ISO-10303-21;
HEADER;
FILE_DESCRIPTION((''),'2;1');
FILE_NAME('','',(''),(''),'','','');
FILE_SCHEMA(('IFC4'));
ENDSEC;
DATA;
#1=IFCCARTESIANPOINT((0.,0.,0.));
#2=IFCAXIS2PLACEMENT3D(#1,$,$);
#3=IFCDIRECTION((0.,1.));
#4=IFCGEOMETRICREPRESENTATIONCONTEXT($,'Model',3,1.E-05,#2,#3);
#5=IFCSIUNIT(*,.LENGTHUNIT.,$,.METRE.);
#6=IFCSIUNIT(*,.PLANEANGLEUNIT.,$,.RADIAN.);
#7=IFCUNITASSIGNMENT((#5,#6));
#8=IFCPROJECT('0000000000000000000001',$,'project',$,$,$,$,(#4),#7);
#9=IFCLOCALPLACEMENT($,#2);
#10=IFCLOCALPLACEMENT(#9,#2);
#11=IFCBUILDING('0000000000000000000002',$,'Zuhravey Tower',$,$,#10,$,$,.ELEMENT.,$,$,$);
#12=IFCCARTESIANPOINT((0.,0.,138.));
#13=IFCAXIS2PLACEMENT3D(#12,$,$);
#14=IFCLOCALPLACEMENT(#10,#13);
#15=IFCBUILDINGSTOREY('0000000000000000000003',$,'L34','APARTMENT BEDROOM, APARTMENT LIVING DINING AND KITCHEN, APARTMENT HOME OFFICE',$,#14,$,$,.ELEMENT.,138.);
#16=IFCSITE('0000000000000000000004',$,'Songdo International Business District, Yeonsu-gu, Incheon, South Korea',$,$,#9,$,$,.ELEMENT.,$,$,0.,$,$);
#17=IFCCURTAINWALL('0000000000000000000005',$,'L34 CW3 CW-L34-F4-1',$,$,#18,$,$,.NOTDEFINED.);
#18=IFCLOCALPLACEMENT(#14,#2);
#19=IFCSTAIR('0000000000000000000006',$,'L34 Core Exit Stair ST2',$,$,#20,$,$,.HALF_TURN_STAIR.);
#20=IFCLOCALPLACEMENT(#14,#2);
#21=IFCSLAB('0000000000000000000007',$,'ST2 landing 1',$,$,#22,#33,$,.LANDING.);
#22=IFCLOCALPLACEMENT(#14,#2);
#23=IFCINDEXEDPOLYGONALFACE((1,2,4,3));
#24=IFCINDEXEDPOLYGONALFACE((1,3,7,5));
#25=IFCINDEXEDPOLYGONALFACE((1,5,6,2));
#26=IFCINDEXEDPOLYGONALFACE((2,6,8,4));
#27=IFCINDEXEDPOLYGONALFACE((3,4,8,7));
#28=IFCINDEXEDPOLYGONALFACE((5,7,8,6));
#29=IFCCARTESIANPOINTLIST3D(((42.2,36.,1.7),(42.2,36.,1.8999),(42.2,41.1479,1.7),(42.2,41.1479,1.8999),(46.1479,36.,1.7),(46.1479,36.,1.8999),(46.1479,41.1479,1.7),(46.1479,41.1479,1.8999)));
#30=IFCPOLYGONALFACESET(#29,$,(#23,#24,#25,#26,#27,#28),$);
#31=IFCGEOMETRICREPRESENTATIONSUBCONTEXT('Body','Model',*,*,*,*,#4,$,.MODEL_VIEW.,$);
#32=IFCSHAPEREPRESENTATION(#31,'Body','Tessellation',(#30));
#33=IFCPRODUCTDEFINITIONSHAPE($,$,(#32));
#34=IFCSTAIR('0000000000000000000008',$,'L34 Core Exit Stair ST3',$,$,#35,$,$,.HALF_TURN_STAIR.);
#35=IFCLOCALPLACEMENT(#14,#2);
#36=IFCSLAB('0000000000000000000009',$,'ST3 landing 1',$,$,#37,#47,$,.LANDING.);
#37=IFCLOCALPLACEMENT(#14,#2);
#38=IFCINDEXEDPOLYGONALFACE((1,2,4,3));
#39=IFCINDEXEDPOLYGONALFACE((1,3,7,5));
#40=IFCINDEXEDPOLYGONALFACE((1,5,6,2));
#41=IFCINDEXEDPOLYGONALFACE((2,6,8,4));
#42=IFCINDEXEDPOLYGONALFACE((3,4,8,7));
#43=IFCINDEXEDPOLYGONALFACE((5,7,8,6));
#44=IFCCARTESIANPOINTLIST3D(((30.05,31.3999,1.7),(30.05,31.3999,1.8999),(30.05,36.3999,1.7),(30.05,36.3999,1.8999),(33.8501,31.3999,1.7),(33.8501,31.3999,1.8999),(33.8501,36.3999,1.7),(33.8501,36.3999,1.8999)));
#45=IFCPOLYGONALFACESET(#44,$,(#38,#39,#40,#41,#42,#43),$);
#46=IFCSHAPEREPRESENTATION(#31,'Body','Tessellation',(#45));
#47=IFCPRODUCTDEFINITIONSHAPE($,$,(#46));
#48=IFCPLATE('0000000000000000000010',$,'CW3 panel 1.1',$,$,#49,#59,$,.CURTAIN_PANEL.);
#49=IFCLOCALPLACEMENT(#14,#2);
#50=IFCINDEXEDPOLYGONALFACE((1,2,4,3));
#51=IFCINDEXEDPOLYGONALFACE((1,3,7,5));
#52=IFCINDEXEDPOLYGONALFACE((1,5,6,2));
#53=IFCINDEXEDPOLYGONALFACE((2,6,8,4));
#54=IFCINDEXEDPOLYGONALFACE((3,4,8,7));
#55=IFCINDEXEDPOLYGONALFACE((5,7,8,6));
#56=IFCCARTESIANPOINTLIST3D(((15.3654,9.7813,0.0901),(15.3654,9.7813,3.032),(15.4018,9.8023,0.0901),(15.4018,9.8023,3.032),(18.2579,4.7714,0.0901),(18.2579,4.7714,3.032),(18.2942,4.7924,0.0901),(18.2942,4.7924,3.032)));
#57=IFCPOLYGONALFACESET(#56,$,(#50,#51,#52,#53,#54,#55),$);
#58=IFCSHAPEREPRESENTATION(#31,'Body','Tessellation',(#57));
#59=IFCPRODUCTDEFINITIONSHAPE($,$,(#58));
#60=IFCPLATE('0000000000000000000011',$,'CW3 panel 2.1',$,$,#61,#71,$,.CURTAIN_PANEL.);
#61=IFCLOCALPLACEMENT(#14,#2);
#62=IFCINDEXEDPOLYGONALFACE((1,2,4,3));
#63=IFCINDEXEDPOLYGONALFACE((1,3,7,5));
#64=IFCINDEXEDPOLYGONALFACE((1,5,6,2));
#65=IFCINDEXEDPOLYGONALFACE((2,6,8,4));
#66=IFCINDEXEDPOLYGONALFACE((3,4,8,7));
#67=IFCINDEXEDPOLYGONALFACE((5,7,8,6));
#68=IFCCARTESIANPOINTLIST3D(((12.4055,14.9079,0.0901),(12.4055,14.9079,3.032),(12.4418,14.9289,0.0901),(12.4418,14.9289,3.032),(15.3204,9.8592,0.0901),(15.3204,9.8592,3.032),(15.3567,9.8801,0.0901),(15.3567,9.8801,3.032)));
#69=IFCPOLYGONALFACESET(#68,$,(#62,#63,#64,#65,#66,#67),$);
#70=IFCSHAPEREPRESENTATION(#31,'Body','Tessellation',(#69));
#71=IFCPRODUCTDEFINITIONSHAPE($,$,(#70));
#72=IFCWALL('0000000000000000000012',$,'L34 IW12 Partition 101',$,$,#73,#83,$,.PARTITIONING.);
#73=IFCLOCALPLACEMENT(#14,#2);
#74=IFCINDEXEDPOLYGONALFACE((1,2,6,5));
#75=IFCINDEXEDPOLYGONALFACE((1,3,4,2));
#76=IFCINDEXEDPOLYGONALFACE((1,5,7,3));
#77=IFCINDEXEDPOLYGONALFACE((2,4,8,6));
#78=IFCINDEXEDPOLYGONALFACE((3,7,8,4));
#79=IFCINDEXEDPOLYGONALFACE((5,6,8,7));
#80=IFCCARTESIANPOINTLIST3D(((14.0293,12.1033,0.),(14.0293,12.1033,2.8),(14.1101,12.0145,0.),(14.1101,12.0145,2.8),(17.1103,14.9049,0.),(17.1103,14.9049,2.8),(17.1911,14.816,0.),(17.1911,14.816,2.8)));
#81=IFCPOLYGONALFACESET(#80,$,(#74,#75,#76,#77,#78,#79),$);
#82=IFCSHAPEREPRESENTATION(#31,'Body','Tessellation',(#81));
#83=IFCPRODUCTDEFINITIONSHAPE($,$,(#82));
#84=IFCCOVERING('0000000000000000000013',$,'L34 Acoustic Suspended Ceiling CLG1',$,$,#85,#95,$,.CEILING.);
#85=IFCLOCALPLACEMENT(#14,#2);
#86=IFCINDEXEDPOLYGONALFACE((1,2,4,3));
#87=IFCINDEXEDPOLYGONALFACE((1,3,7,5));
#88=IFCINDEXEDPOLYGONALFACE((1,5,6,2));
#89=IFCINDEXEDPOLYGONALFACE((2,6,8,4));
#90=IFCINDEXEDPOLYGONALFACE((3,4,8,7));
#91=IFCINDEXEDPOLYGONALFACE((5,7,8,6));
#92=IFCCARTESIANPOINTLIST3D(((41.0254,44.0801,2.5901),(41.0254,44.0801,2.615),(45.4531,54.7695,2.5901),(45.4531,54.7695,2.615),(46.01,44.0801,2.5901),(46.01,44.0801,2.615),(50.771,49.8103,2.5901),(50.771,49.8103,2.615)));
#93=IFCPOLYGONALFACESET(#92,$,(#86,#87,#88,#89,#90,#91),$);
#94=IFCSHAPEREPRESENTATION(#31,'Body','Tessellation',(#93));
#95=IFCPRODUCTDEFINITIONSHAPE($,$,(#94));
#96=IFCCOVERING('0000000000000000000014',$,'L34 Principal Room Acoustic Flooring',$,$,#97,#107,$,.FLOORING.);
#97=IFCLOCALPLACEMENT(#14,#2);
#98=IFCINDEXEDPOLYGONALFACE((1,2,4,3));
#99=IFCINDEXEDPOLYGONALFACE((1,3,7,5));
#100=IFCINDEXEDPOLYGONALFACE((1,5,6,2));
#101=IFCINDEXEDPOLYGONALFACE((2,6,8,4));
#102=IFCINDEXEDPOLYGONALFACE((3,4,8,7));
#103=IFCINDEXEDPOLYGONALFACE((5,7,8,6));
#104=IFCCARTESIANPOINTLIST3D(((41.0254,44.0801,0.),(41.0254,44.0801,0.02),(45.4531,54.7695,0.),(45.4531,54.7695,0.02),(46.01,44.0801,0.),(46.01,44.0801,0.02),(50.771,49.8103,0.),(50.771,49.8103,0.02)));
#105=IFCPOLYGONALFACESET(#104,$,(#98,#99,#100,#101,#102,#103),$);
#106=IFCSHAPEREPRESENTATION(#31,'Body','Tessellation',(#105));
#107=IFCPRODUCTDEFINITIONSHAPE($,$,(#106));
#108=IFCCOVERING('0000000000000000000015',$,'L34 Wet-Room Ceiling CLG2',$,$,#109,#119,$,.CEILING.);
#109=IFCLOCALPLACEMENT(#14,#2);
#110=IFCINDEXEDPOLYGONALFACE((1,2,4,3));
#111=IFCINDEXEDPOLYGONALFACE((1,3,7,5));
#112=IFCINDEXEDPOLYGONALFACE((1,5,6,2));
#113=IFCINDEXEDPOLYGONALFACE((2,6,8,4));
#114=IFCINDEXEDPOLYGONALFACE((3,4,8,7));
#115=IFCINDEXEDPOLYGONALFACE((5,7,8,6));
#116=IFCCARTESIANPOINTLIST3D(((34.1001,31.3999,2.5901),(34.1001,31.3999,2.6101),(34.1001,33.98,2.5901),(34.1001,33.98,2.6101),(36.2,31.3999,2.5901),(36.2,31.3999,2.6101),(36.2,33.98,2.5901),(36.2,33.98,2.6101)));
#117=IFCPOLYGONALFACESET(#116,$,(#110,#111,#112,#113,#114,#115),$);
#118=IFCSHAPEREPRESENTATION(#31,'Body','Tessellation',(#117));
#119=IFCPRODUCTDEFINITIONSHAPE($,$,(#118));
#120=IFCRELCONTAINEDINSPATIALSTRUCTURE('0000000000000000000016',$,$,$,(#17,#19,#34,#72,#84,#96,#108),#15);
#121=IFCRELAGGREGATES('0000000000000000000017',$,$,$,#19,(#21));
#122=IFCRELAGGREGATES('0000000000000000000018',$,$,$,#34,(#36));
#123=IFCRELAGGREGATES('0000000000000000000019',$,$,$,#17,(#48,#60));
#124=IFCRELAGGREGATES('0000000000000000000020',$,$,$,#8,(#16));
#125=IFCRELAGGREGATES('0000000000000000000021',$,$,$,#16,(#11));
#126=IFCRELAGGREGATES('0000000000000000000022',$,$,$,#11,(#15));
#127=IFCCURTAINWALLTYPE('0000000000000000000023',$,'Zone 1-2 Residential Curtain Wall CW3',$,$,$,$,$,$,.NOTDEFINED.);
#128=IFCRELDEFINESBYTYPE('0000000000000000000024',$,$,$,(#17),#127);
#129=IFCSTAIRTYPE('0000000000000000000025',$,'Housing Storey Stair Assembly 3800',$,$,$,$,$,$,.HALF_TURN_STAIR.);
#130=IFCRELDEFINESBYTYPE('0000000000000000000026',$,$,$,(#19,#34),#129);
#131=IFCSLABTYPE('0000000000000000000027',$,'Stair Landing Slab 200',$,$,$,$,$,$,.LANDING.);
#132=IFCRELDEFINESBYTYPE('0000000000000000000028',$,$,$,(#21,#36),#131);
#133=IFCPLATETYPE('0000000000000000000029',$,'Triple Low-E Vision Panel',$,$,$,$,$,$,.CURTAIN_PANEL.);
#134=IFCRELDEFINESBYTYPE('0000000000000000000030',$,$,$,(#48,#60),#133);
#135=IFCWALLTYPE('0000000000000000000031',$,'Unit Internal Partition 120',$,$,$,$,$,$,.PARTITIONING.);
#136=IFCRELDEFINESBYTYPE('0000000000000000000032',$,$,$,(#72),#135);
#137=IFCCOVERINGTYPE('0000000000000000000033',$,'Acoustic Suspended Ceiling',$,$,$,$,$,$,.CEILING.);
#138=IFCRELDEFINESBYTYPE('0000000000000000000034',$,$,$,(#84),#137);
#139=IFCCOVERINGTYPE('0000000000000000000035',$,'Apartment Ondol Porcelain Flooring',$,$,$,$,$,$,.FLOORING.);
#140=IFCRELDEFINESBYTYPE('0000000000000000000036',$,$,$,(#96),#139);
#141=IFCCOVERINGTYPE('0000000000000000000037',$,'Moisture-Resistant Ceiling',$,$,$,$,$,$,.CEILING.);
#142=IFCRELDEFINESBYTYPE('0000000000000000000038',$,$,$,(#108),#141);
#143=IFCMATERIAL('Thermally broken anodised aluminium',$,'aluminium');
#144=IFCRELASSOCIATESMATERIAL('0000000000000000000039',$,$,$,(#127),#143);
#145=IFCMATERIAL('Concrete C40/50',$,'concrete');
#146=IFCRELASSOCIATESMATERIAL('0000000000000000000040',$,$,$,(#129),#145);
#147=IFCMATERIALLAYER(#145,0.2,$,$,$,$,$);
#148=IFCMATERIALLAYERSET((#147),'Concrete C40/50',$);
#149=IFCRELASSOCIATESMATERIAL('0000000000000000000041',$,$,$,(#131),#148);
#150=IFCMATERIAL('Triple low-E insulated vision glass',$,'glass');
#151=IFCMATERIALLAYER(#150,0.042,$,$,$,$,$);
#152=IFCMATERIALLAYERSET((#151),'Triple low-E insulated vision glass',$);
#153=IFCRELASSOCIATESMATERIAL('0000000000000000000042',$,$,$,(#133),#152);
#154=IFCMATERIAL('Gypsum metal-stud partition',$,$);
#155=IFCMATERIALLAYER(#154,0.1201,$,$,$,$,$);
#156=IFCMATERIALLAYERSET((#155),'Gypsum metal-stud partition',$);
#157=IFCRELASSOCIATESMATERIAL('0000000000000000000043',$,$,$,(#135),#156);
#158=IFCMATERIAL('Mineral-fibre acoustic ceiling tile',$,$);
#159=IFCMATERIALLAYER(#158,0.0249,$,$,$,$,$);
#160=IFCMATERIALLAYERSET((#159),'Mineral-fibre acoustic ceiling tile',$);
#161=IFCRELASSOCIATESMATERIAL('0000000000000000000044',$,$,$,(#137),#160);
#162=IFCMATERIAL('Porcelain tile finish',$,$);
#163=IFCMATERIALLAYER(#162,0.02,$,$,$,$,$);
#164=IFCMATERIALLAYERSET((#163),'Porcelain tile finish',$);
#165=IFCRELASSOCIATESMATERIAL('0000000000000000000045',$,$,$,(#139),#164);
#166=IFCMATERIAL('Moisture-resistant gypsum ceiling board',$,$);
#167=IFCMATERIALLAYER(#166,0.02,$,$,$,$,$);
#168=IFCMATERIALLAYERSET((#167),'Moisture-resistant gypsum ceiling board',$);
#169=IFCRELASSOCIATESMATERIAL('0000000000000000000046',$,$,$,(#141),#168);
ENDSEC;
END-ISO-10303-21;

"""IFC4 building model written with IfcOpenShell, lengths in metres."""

from ifc_helpers import new_model, si_unit, direction, frame, frame_2d, origin, origin_2d, place, context, subcontext, project, spatial, polyline, rectangle, outline, extrude, material, layer, layer_set, type_object, element, aggregate, save


model = new_model("IFC4")

# Units and contexts
model_context = context("Model", 3, precision=1e-05, world=origin(), true_north=direction((0.0, 1.0)))
body_context = subcontext(model_context, "Body", "Model", "MODEL_VIEW")
ifc_project = project(units=[si_unit("LENGTHUNIT", "METRE"), si_unit("PLANEANGLEUNIT", "RADIAN")], contexts=[model_context])

# Site, building, storey
site_placement = place(None, origin())
site = spatial("IfcSite", under=ifc_project, at=site_placement, Name="Songdo International Business District, Yeonsu-gu, Incheon, South Korea", CompositionType="ELEMENT", RefElevation=0.0)
building_placement = place(site_placement, origin())
building = spatial("IfcBuilding", under=site, at=building_placement, Name="Zuhravey Tower", CompositionType="ELEMENT")
storey_placement = place(building_placement, frame((0.0, 0.0, 138.0)))
storey = spatial("IfcBuildingStorey", under=building, at=storey_placement, Name="L34", Description="APARTMENT BEDROOM, APARTMENT LIVING DINING AND KITCHEN, APARTMENT HOME OFFICE", CompositionType="ELEMENT", Elevation=138.0)

# Curtain wall
ifc_material_1 = material(Name="Thermally broken anodised aluminium", Category="aluminium")
curtain_wall_type = type_object("IfcCurtainWallType", Name="Zone 1-2 Residential Curtain Wall CW3", PredefinedType="NOTDEFINED", material=ifc_material_1)
curtain_wall_placement = place(storey_placement, origin())
curtain_wall = element("IfcCurtainWall", 1, at=curtain_wall_placement, inside=storey, type_object=curtain_wall_type, Name="L34 CW3 CW-L34-F4-1", PredefinedType="NOTDEFINED")

# Shared definitions
ifc_material_2 = material(Name="Concrete C40/50", Category="concrete")

# Stairs, slabs
stair_type = type_object("IfcStairType", Name="Housing Storey Stair Assembly 3800", PredefinedType="HALF_TURN_STAIR", material=ifc_material_2)
ifc_layer_1 = layer(ifc_material_2, 0.2)
ifc_layer_set_1 = layer_set([ifc_layer_1], Name="Concrete C40/50")
slab_type_1 = type_object("IfcSlabType", Name="Stair Landing Slab 200", PredefinedType="LANDING", material=ifc_layer_set_1)
stair_1_placement = place(storey_placement, origin())
stair_1 = element("IfcStair", 2, at=stair_1_placement, inside=storey, type_object=stair_type, Name="L34 Core Exit Stair ST2", PredefinedType="HALF_TURN_STAIR")
slab_1_placement = place(storey_placement, frame((0.0, 0.0, 1.7)))
slab_1 = element("IfcSlab", 3, at=slab_1_placement, type_object=slab_type_1, Name="ST2 landing 1", PredefinedType="LANDING", context=body_context, shape_type="SweptSolid", body=[
    extrude(outline(polyline([(46.1479, 36.0), (46.1479, 41.1479), (42.2, 41.1479), (42.2, 36.0), (46.1479, 36.0)])), origin(), (0.0, 0.0, 1.0), 0.2),
])
aggregate(stair_1, [slab_1])
stair_2_placement = place(storey_placement, origin())
stair_2 = element("IfcStair", 4, at=stair_2_placement, inside=storey, type_object=stair_type, Name="L34 Core Exit Stair ST3", PredefinedType="HALF_TURN_STAIR")
slab_2_placement = place(storey_placement, frame((0.0, 0.0, 1.7)))
slab_2 = element("IfcSlab", 5, at=slab_2_placement, type_object=slab_type_1, Name="ST3 landing 1", PredefinedType="LANDING", context=body_context, shape_type="SweptSolid", body=[
    extrude(outline(polyline([(30.05, 36.3999), (30.05, 31.3999), (33.8501, 31.3999), (33.8501, 36.3999), (30.05, 36.3999)])), origin(), (0.0, 0.0, 1.0), 0.2),
])
aggregate(stair_2, [slab_2])

# Plates
ifc_material_3 = material(Name="Triple low-E insulated vision glass", Category="glass")
ifc_layer_2 = layer(ifc_material_3, 0.042)
ifc_layer_set_2 = layer_set([ifc_layer_2], Name="Triple low-E insulated vision glass")
plate_type_1 = type_object("IfcPlateType", Name="Triple Low-E Vision Panel", PredefinedType="CURTAIN_PANEL", material=ifc_layer_set_2)
plate_1_placement = place(storey_placement, frame((16.8298, 7.2869, 0.0901), z_axis=(0.0, 0.0, 1.0), x_axis=(-0.5, 0.866026, 0.0)))
plate_1 = element("IfcPlate", 6, at=plate_1_placement, type_object=plate_type_1, Name="CW3 panel 1.1", PredefinedType="CURTAIN_PANEL", context=body_context, shape_type="SweptSolid", body=[
    extrude(rectangle(XDim=5.7849, YDim=0.042, at=origin_2d()), origin(), (0.0, 0.0, 1.0), 2.9419),
])
plate_2_placement = place(storey_placement, frame((13.8811, 12.394, 0.0901), z_axis=(0.0, 0.0, 1.0), x_axis=(-0.5, 0.866026, 0.0)))
plate_2 = element("IfcPlate", 7, at=plate_2_placement, type_object=plate_type_1, Name="CW3 panel 2.1", PredefinedType="CURTAIN_PANEL", context=body_context, shape_type="SweptSolid", body=[
    extrude(rectangle(XDim=5.8298, YDim=0.042, at=origin_2d()), origin(), (0.0, 0.0, 1.0), 2.9419),
])
aggregate(curtain_wall, [plate_1, plate_2])

# Wall
ifc_material_4 = material(Name="Gypsum metal-stud partition")
ifc_layer_3 = layer(ifc_material_4, 0.1201)
ifc_layer_set_3 = layer_set([ifc_layer_3], Name="Gypsum metal-stud partition")
wall_type = type_object("IfcWallType", Name="Unit Internal Partition 120", PredefinedType="PARTITIONING", material=ifc_layer_set_3)
wall_placement = place(storey_placement, frame((17.1506, 14.8604, 0.0), z_axis=(0.0, 0.0, 1.0), x_axis=(-0.739874, -0.672746, 0.0)))
element("IfcWall", 8, at=wall_placement, inside=storey, type_object=wall_type, Name="L34 IW12 Partition 101", PredefinedType="PARTITIONING", context=body_context, shape_type="SweptSolid", body=[
    extrude(rectangle(XDim=4.1643, YDim=0.1201, at=frame_2d((2.082, 0.0))), origin(), (0.0, 0.0, 1.0), 2.8),
])

# Coverings
ifc_material_5 = material(Name="Mineral-fibre acoustic ceiling tile")
ifc_layer_4 = layer(ifc_material_5, 0.0249)
ifc_layer_set_4 = layer_set([ifc_layer_4], Name="Mineral-fibre acoustic ceiling tile")
covering_type_1 = type_object("IfcCoveringType", Name="Acoustic Suspended Ceiling", PredefinedType="CEILING", material=ifc_layer_set_4)
covering_1_placement = place(storey_placement, frame((0.0, 0.0, 2.5901)))
element("IfcCovering", 9, at=covering_1_placement, inside=storey, type_object=covering_type_1, Name="L34 Acoustic Suspended Ceiling CLG1", PredefinedType="CEILING", context=body_context, shape_type="SweptSolid", body=[
    extrude(outline(polyline([(46.01, 44.0801), (41.0254, 44.0801), (45.4531, 54.7695), (50.771, 49.8103), (46.01, 44.0801)])), origin(), (0.0, 0.0, 1.0), 0.0249),
])
ifc_material_6 = material(Name="Porcelain tile finish")
ifc_layer_5 = layer(ifc_material_6, 0.02)
ifc_layer_set_5 = layer_set([ifc_layer_5], Name="Porcelain tile finish")
covering_type_2 = type_object("IfcCoveringType", Name="Apartment Ondol Porcelain Flooring", PredefinedType="FLOORING", material=ifc_layer_set_5)
covering_2_placement = place(storey_placement, origin())
element("IfcCovering", 10, at=covering_2_placement, inside=storey, type_object=covering_type_2, Name="L34 Principal Room Acoustic Flooring", PredefinedType="FLOORING", context=body_context, shape_type="SweptSolid", body=[
    extrude(outline(polyline([(46.01, 44.0801), (41.0254, 44.0801), (45.4531, 54.7695), (50.771, 49.8103), (46.01, 44.0801)])), origin(), (0.0, 0.0, 1.0), 0.02),
])
ifc_material_7 = material(Name="Moisture-resistant gypsum ceiling board")
ifc_layer_6 = layer(ifc_material_7, 0.02)
ifc_layer_set_6 = layer_set([ifc_layer_6], Name="Moisture-resistant gypsum ceiling board")
covering_type_3 = type_object("IfcCoveringType", Name="Moisture-Resistant Ceiling", PredefinedType="CEILING", material=ifc_layer_set_6)
covering_3_placement = place(storey_placement, frame((0.0, 0.0, 2.5901)))
element("IfcCovering", 11, at=covering_3_placement, inside=storey, type_object=covering_type_3, Name="L34 Wet-Room Ceiling CLG2", PredefinedType="CEILING", context=body_context, shape_type="SweptSolid", body=[
    extrude(outline(polyline([(36.2, 31.3999), (36.2, 33.98), (34.1001, 33.98), (34.1001, 31.3999), (36.2, 31.3999)])), origin(), (0.0, 0.0, 1.0), 0.02),
])

save(model, "model.ifc")
